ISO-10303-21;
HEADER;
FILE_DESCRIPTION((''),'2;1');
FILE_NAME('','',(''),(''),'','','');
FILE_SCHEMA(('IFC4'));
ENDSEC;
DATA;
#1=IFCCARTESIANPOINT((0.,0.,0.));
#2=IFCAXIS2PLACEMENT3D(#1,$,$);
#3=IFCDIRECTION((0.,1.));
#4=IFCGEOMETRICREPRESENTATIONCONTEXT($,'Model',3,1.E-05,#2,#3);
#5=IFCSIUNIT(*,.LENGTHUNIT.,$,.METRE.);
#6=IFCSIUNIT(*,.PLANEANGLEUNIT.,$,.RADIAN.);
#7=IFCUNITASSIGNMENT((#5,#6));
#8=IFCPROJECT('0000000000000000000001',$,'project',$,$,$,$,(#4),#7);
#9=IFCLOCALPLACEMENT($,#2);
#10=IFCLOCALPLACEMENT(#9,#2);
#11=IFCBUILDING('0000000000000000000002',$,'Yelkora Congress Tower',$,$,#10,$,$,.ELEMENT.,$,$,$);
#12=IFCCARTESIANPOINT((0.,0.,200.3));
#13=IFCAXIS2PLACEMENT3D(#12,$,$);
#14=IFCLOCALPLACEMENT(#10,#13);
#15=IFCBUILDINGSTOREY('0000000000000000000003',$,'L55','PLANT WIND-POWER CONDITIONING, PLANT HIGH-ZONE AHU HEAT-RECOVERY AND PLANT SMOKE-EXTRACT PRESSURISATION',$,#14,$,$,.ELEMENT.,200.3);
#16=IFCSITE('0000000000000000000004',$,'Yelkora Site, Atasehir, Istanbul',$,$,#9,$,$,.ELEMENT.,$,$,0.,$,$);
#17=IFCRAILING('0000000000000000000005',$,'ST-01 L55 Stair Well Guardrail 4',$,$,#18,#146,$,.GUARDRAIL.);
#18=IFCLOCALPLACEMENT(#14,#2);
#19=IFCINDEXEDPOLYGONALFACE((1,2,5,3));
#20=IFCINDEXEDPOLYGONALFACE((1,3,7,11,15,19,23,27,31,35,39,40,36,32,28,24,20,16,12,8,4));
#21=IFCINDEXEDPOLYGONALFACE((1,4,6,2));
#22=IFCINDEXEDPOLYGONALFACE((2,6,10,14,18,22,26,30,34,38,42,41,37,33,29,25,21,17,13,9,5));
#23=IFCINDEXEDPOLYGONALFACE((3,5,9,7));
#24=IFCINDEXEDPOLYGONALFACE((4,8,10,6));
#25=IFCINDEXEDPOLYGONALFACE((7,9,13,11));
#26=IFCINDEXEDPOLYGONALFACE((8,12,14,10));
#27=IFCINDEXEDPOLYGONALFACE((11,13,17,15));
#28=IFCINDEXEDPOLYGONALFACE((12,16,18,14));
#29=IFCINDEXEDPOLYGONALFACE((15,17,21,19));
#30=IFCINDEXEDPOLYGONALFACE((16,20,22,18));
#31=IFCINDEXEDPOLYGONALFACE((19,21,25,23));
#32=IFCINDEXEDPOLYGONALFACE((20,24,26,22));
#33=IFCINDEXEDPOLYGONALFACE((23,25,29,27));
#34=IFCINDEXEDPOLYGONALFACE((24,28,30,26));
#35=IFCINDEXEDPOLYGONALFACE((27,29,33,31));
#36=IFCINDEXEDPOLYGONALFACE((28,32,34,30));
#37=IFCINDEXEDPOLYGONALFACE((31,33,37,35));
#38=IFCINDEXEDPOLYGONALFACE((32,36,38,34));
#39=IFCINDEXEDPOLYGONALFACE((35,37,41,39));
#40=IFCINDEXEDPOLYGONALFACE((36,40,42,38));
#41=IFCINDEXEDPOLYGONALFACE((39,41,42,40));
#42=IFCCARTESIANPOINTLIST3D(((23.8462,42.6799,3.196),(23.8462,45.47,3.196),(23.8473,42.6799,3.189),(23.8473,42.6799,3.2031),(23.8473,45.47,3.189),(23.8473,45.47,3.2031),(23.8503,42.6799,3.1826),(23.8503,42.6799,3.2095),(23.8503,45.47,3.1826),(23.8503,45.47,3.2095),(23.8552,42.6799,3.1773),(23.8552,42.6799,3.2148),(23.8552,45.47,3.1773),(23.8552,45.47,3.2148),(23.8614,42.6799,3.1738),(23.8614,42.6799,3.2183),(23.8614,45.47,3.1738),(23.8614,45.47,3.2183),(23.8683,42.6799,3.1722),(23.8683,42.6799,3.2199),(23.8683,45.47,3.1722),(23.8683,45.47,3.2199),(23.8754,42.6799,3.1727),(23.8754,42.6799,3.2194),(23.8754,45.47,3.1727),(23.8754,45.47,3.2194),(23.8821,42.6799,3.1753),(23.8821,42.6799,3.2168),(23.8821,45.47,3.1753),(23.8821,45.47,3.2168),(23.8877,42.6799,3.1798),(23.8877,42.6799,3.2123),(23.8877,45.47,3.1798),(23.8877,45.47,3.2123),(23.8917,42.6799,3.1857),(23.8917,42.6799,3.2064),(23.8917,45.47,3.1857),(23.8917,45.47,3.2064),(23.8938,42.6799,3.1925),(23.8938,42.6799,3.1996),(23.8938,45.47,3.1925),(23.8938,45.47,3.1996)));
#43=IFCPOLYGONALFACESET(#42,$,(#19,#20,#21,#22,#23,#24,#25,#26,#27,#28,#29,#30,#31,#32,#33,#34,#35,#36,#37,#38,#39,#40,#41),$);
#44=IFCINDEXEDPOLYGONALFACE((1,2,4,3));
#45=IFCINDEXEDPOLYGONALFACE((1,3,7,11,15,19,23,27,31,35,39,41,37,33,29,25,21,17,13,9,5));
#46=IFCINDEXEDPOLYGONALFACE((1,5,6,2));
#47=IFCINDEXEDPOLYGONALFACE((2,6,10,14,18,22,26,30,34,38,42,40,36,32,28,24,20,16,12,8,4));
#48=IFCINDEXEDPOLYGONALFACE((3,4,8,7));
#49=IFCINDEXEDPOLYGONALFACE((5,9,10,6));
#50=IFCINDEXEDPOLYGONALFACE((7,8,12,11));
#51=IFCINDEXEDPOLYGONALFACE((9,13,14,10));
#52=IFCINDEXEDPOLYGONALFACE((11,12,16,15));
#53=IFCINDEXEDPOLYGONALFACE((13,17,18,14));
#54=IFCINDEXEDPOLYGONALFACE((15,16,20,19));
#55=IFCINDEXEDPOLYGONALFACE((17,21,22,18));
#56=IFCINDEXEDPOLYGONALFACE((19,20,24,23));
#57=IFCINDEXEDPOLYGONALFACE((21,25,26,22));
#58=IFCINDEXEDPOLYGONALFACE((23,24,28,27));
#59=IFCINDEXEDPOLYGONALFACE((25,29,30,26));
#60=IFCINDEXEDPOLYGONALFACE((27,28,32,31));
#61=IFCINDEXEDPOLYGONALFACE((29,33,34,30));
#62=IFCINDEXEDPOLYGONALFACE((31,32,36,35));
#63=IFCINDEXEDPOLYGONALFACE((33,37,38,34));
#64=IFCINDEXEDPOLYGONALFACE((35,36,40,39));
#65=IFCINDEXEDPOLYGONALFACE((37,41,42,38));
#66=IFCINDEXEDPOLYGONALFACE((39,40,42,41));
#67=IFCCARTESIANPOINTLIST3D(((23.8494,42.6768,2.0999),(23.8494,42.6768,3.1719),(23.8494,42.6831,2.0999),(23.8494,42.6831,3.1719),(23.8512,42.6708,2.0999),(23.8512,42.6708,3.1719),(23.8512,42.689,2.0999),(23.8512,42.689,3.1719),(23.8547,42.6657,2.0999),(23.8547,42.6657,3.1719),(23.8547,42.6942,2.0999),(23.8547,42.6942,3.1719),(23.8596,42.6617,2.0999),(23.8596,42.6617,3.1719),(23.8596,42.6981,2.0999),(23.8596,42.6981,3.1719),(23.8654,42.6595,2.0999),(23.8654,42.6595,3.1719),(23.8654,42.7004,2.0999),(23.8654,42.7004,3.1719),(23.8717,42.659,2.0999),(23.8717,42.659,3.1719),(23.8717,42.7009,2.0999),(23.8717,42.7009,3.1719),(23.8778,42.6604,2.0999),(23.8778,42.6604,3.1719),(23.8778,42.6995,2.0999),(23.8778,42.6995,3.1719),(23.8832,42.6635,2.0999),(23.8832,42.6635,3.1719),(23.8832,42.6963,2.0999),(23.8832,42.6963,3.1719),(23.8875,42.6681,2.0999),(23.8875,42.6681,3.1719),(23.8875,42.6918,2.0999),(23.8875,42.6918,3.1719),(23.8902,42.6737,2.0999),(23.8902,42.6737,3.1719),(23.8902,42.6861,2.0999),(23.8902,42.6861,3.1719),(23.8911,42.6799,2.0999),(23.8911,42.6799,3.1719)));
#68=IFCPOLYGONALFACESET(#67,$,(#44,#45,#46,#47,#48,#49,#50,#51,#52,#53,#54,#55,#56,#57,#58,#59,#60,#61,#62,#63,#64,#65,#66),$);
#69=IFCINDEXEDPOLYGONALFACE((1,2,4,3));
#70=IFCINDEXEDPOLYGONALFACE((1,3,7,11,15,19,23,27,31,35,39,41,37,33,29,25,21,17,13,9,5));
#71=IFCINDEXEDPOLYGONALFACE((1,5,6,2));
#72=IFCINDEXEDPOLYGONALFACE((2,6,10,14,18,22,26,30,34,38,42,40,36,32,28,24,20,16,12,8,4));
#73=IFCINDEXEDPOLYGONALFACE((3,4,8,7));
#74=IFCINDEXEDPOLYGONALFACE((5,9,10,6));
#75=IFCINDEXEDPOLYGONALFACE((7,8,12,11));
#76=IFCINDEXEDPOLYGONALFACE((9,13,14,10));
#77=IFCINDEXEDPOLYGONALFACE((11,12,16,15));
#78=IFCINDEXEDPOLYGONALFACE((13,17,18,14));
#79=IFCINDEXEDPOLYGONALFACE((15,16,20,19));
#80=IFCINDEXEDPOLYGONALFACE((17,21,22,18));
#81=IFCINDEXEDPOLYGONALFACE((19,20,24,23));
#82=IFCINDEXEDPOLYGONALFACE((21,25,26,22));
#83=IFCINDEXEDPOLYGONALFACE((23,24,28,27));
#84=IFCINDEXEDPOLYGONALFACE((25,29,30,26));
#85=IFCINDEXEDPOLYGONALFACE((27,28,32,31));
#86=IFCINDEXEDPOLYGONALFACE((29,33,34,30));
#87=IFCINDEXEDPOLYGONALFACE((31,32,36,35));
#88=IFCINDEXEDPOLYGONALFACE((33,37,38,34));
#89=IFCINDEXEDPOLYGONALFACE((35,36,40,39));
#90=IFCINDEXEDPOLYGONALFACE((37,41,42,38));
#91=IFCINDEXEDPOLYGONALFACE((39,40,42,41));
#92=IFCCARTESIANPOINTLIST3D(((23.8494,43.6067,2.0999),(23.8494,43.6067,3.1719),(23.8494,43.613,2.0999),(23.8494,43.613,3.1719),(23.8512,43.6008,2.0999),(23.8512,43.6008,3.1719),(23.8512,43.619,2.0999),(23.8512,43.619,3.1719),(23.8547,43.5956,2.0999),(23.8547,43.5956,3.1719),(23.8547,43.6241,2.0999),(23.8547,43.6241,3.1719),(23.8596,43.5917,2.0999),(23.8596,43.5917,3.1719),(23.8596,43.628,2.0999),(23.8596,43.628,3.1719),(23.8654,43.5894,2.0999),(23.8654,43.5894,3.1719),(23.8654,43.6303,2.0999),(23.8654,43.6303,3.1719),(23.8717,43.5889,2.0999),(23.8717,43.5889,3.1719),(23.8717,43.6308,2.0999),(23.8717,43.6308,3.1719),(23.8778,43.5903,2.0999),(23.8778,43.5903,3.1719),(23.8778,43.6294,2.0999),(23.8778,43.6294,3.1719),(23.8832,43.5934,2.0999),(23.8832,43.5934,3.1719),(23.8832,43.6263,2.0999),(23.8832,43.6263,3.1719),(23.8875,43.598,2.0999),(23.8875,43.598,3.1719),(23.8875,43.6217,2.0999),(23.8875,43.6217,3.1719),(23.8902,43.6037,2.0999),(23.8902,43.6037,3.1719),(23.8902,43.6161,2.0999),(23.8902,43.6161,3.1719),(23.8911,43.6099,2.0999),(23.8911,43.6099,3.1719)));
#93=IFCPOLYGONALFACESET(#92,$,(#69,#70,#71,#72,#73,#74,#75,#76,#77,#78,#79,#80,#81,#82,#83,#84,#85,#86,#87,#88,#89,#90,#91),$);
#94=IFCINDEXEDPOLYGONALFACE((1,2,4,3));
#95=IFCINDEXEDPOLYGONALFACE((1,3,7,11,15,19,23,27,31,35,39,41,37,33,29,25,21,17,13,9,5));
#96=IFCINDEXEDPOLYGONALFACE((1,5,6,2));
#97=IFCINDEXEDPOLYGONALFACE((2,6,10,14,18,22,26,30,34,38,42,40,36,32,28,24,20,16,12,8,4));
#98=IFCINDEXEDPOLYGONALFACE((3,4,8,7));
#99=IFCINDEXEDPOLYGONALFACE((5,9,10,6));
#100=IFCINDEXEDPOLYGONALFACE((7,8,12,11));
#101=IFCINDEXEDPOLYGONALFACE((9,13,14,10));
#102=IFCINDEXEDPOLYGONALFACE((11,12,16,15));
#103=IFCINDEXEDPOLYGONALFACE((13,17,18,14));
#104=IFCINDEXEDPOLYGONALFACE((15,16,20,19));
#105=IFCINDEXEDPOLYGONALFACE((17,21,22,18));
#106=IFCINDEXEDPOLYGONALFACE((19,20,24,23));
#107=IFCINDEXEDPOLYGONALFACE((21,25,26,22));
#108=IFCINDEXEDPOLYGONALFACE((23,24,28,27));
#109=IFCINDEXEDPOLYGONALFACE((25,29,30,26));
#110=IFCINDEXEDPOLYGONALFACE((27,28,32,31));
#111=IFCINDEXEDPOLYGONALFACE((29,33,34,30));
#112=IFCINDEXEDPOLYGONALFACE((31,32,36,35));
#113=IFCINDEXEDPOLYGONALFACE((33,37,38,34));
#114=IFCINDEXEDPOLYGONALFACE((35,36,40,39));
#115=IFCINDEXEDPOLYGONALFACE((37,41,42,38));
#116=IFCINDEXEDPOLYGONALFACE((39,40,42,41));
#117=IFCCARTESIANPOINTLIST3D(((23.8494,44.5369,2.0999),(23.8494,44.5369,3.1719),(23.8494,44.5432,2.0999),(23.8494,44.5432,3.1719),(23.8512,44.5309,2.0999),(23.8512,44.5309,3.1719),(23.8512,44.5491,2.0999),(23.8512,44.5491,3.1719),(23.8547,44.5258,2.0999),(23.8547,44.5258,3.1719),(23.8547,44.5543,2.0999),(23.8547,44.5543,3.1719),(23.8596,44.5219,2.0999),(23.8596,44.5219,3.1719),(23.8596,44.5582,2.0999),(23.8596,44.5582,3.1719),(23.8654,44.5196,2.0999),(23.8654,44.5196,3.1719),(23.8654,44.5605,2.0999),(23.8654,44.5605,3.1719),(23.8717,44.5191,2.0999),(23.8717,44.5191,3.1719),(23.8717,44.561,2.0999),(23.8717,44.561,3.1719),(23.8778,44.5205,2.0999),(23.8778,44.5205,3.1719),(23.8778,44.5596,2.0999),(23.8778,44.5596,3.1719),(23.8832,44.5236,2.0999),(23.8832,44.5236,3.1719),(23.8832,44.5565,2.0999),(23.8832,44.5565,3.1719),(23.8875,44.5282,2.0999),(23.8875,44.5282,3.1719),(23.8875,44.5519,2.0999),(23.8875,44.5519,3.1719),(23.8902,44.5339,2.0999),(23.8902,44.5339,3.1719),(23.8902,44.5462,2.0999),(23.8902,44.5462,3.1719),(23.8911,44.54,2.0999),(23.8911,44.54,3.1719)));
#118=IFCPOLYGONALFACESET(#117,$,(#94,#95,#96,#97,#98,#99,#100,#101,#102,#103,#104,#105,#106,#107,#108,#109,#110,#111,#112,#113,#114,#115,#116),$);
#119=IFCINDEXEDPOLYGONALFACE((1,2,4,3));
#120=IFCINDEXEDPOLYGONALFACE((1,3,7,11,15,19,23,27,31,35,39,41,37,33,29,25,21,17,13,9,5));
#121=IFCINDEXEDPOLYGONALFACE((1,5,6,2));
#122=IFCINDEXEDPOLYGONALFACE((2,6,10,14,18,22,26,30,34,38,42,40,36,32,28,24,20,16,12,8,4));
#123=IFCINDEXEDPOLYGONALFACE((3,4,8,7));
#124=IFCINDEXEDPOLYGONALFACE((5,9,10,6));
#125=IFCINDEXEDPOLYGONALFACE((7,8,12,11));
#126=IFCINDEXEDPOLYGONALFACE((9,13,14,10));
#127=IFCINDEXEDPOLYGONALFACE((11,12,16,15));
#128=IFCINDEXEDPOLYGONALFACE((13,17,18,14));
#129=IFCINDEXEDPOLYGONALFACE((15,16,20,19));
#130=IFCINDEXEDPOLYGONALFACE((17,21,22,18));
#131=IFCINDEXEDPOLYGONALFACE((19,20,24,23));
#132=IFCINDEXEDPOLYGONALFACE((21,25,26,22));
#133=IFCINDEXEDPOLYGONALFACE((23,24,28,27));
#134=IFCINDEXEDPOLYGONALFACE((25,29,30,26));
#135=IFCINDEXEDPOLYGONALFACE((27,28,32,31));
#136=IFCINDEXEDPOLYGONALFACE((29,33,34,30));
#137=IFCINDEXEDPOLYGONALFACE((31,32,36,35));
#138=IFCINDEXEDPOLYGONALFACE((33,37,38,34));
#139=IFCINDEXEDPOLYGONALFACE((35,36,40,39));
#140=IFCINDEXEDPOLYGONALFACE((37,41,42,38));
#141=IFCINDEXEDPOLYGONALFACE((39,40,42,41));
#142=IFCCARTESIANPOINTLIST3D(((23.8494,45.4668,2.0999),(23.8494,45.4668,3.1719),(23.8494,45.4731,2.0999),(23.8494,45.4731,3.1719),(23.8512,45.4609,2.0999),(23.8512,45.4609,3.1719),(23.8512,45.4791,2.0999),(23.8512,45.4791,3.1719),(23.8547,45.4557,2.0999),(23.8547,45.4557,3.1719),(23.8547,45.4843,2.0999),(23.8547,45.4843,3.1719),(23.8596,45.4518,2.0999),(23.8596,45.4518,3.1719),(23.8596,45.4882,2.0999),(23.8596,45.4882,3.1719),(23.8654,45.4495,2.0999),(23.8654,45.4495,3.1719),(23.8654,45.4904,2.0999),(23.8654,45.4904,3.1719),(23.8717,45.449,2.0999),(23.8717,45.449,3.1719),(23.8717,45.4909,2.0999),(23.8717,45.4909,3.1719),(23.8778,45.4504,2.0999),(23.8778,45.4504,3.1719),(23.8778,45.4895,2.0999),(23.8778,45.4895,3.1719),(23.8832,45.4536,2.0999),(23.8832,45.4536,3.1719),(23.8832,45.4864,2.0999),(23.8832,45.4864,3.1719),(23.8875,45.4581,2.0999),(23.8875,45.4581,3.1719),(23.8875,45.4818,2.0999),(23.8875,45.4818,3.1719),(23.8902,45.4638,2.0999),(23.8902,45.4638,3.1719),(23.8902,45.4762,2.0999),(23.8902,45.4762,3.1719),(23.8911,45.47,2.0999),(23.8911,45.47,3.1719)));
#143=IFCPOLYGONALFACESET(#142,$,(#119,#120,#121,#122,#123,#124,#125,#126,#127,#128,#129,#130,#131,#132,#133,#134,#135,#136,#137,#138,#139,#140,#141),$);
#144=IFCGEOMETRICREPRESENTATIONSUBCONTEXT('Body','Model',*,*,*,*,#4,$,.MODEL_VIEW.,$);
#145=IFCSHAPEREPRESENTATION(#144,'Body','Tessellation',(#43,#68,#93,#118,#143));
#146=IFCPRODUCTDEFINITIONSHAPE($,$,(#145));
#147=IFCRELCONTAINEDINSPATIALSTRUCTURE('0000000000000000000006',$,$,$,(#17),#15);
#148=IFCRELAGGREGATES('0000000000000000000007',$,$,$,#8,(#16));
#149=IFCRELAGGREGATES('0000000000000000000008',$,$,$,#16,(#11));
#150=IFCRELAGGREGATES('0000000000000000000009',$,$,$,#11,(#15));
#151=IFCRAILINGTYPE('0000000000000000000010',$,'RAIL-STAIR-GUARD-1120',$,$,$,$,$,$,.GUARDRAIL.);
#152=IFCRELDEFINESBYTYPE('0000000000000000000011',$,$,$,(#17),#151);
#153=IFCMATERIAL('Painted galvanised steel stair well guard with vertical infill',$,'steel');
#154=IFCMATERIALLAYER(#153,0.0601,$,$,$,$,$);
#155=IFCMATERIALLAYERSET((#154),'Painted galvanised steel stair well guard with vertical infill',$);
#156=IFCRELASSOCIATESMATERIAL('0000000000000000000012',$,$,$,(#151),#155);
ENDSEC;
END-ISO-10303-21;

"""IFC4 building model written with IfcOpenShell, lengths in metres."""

from ifc_helpers import new_model, si_unit, direction, frame, origin, origin_2d, place, context, subcontext, project, spatial, circle, extrude, material, layer, layer_set, type_object, element, save


model = new_model("IFC4")

# Units and contexts
model_context = context("Model", 3, precision=1e-05, world=origin(), true_north=direction((0.0, 1.0)))
body_context = subcontext(model_context, "Body", "Model", "MODEL_VIEW")
ifc_project = project(units=[si_unit("LENGTHUNIT", "METRE"), si_unit("PLANEANGLEUNIT", "RADIAN")], contexts=[model_context])

# Site, building, storey
site_placement = place(None, origin())
site = spatial("IfcSite", under=ifc_project, at=site_placement, Name="Yelkora Site, Atasehir, Istanbul", CompositionType="ELEMENT", RefElevation=0.0)
building_placement = place(site_placement, origin())
building = spatial("IfcBuilding", under=site, at=building_placement, Name="Yelkora Congress Tower", CompositionType="ELEMENT")
storey_placement = place(building_placement, frame((0.0, 0.0, 200.3)))
storey = spatial("IfcBuildingStorey", under=building, at=storey_placement, Name="L55", Description="PLANT WIND-POWER CONDITIONING, PLANT HIGH-ZONE AHU HEAT-RECOVERY AND PLANT SMOKE-EXTRACT PRESSURISATION", CompositionType="ELEMENT", Elevation=200.3)

# Railing
ifc_material_1 = material(Name="Painted galvanised steel stair well guard with vertical infill", Category="steel")
ifc_layer_1 = layer(ifc_material_1, 0.0601)
ifc_layer_set_1 = layer_set([ifc_layer_1], Name="Painted galvanised steel stair well guard with vertical infill")
railing_type_1 = type_object("IfcRailingType", Name="RAIL-STAIR-GUARD-1120", PredefinedType="GUARDRAIL", material=ifc_layer_set_1)
railing_1_placement = place(storey_placement, frame((23.8701, 42.6799, 2.0999)))
element("IfcRailing", 1, at=railing_1_placement, inside=storey, type_object=railing_type_1, Name="ST-01 L55 Stair Well Guardrail 4", PredefinedType="GUARDRAIL", context=body_context, shape_type="SweptSolid", body=[
    extrude(circle(Radius=0.0239, at=origin_2d()), frame((0.0, 0.0, 1.0962), z_axis=(0.0, 1.0, 0.0), x_axis=(-1.0, 0.0, 0.0)), (0.0, 0.0, 1.0), 2.79),
    extrude(circle(Radius=0.021, at=origin_2d()), origin(), (0.0, 0.0, 1.0), 1.072),
    extrude(circle(Radius=0.021, at=origin_2d()), frame((0.0, 0.9299, 0.0)), (0.0, 0.0, 1.0), 1.072),
    extrude(circle(Radius=0.021, at=origin_2d()), frame((0.0, 1.8601, 0.0)), (0.0, 0.0, 1.0), 1.072),
    extrude(circle(Radius=0.021, at=origin_2d()), frame((0.0, 2.79, 0.0)), (0.0, 0.0, 1.0), 1.072),
])

save(model, "model.ifc")
